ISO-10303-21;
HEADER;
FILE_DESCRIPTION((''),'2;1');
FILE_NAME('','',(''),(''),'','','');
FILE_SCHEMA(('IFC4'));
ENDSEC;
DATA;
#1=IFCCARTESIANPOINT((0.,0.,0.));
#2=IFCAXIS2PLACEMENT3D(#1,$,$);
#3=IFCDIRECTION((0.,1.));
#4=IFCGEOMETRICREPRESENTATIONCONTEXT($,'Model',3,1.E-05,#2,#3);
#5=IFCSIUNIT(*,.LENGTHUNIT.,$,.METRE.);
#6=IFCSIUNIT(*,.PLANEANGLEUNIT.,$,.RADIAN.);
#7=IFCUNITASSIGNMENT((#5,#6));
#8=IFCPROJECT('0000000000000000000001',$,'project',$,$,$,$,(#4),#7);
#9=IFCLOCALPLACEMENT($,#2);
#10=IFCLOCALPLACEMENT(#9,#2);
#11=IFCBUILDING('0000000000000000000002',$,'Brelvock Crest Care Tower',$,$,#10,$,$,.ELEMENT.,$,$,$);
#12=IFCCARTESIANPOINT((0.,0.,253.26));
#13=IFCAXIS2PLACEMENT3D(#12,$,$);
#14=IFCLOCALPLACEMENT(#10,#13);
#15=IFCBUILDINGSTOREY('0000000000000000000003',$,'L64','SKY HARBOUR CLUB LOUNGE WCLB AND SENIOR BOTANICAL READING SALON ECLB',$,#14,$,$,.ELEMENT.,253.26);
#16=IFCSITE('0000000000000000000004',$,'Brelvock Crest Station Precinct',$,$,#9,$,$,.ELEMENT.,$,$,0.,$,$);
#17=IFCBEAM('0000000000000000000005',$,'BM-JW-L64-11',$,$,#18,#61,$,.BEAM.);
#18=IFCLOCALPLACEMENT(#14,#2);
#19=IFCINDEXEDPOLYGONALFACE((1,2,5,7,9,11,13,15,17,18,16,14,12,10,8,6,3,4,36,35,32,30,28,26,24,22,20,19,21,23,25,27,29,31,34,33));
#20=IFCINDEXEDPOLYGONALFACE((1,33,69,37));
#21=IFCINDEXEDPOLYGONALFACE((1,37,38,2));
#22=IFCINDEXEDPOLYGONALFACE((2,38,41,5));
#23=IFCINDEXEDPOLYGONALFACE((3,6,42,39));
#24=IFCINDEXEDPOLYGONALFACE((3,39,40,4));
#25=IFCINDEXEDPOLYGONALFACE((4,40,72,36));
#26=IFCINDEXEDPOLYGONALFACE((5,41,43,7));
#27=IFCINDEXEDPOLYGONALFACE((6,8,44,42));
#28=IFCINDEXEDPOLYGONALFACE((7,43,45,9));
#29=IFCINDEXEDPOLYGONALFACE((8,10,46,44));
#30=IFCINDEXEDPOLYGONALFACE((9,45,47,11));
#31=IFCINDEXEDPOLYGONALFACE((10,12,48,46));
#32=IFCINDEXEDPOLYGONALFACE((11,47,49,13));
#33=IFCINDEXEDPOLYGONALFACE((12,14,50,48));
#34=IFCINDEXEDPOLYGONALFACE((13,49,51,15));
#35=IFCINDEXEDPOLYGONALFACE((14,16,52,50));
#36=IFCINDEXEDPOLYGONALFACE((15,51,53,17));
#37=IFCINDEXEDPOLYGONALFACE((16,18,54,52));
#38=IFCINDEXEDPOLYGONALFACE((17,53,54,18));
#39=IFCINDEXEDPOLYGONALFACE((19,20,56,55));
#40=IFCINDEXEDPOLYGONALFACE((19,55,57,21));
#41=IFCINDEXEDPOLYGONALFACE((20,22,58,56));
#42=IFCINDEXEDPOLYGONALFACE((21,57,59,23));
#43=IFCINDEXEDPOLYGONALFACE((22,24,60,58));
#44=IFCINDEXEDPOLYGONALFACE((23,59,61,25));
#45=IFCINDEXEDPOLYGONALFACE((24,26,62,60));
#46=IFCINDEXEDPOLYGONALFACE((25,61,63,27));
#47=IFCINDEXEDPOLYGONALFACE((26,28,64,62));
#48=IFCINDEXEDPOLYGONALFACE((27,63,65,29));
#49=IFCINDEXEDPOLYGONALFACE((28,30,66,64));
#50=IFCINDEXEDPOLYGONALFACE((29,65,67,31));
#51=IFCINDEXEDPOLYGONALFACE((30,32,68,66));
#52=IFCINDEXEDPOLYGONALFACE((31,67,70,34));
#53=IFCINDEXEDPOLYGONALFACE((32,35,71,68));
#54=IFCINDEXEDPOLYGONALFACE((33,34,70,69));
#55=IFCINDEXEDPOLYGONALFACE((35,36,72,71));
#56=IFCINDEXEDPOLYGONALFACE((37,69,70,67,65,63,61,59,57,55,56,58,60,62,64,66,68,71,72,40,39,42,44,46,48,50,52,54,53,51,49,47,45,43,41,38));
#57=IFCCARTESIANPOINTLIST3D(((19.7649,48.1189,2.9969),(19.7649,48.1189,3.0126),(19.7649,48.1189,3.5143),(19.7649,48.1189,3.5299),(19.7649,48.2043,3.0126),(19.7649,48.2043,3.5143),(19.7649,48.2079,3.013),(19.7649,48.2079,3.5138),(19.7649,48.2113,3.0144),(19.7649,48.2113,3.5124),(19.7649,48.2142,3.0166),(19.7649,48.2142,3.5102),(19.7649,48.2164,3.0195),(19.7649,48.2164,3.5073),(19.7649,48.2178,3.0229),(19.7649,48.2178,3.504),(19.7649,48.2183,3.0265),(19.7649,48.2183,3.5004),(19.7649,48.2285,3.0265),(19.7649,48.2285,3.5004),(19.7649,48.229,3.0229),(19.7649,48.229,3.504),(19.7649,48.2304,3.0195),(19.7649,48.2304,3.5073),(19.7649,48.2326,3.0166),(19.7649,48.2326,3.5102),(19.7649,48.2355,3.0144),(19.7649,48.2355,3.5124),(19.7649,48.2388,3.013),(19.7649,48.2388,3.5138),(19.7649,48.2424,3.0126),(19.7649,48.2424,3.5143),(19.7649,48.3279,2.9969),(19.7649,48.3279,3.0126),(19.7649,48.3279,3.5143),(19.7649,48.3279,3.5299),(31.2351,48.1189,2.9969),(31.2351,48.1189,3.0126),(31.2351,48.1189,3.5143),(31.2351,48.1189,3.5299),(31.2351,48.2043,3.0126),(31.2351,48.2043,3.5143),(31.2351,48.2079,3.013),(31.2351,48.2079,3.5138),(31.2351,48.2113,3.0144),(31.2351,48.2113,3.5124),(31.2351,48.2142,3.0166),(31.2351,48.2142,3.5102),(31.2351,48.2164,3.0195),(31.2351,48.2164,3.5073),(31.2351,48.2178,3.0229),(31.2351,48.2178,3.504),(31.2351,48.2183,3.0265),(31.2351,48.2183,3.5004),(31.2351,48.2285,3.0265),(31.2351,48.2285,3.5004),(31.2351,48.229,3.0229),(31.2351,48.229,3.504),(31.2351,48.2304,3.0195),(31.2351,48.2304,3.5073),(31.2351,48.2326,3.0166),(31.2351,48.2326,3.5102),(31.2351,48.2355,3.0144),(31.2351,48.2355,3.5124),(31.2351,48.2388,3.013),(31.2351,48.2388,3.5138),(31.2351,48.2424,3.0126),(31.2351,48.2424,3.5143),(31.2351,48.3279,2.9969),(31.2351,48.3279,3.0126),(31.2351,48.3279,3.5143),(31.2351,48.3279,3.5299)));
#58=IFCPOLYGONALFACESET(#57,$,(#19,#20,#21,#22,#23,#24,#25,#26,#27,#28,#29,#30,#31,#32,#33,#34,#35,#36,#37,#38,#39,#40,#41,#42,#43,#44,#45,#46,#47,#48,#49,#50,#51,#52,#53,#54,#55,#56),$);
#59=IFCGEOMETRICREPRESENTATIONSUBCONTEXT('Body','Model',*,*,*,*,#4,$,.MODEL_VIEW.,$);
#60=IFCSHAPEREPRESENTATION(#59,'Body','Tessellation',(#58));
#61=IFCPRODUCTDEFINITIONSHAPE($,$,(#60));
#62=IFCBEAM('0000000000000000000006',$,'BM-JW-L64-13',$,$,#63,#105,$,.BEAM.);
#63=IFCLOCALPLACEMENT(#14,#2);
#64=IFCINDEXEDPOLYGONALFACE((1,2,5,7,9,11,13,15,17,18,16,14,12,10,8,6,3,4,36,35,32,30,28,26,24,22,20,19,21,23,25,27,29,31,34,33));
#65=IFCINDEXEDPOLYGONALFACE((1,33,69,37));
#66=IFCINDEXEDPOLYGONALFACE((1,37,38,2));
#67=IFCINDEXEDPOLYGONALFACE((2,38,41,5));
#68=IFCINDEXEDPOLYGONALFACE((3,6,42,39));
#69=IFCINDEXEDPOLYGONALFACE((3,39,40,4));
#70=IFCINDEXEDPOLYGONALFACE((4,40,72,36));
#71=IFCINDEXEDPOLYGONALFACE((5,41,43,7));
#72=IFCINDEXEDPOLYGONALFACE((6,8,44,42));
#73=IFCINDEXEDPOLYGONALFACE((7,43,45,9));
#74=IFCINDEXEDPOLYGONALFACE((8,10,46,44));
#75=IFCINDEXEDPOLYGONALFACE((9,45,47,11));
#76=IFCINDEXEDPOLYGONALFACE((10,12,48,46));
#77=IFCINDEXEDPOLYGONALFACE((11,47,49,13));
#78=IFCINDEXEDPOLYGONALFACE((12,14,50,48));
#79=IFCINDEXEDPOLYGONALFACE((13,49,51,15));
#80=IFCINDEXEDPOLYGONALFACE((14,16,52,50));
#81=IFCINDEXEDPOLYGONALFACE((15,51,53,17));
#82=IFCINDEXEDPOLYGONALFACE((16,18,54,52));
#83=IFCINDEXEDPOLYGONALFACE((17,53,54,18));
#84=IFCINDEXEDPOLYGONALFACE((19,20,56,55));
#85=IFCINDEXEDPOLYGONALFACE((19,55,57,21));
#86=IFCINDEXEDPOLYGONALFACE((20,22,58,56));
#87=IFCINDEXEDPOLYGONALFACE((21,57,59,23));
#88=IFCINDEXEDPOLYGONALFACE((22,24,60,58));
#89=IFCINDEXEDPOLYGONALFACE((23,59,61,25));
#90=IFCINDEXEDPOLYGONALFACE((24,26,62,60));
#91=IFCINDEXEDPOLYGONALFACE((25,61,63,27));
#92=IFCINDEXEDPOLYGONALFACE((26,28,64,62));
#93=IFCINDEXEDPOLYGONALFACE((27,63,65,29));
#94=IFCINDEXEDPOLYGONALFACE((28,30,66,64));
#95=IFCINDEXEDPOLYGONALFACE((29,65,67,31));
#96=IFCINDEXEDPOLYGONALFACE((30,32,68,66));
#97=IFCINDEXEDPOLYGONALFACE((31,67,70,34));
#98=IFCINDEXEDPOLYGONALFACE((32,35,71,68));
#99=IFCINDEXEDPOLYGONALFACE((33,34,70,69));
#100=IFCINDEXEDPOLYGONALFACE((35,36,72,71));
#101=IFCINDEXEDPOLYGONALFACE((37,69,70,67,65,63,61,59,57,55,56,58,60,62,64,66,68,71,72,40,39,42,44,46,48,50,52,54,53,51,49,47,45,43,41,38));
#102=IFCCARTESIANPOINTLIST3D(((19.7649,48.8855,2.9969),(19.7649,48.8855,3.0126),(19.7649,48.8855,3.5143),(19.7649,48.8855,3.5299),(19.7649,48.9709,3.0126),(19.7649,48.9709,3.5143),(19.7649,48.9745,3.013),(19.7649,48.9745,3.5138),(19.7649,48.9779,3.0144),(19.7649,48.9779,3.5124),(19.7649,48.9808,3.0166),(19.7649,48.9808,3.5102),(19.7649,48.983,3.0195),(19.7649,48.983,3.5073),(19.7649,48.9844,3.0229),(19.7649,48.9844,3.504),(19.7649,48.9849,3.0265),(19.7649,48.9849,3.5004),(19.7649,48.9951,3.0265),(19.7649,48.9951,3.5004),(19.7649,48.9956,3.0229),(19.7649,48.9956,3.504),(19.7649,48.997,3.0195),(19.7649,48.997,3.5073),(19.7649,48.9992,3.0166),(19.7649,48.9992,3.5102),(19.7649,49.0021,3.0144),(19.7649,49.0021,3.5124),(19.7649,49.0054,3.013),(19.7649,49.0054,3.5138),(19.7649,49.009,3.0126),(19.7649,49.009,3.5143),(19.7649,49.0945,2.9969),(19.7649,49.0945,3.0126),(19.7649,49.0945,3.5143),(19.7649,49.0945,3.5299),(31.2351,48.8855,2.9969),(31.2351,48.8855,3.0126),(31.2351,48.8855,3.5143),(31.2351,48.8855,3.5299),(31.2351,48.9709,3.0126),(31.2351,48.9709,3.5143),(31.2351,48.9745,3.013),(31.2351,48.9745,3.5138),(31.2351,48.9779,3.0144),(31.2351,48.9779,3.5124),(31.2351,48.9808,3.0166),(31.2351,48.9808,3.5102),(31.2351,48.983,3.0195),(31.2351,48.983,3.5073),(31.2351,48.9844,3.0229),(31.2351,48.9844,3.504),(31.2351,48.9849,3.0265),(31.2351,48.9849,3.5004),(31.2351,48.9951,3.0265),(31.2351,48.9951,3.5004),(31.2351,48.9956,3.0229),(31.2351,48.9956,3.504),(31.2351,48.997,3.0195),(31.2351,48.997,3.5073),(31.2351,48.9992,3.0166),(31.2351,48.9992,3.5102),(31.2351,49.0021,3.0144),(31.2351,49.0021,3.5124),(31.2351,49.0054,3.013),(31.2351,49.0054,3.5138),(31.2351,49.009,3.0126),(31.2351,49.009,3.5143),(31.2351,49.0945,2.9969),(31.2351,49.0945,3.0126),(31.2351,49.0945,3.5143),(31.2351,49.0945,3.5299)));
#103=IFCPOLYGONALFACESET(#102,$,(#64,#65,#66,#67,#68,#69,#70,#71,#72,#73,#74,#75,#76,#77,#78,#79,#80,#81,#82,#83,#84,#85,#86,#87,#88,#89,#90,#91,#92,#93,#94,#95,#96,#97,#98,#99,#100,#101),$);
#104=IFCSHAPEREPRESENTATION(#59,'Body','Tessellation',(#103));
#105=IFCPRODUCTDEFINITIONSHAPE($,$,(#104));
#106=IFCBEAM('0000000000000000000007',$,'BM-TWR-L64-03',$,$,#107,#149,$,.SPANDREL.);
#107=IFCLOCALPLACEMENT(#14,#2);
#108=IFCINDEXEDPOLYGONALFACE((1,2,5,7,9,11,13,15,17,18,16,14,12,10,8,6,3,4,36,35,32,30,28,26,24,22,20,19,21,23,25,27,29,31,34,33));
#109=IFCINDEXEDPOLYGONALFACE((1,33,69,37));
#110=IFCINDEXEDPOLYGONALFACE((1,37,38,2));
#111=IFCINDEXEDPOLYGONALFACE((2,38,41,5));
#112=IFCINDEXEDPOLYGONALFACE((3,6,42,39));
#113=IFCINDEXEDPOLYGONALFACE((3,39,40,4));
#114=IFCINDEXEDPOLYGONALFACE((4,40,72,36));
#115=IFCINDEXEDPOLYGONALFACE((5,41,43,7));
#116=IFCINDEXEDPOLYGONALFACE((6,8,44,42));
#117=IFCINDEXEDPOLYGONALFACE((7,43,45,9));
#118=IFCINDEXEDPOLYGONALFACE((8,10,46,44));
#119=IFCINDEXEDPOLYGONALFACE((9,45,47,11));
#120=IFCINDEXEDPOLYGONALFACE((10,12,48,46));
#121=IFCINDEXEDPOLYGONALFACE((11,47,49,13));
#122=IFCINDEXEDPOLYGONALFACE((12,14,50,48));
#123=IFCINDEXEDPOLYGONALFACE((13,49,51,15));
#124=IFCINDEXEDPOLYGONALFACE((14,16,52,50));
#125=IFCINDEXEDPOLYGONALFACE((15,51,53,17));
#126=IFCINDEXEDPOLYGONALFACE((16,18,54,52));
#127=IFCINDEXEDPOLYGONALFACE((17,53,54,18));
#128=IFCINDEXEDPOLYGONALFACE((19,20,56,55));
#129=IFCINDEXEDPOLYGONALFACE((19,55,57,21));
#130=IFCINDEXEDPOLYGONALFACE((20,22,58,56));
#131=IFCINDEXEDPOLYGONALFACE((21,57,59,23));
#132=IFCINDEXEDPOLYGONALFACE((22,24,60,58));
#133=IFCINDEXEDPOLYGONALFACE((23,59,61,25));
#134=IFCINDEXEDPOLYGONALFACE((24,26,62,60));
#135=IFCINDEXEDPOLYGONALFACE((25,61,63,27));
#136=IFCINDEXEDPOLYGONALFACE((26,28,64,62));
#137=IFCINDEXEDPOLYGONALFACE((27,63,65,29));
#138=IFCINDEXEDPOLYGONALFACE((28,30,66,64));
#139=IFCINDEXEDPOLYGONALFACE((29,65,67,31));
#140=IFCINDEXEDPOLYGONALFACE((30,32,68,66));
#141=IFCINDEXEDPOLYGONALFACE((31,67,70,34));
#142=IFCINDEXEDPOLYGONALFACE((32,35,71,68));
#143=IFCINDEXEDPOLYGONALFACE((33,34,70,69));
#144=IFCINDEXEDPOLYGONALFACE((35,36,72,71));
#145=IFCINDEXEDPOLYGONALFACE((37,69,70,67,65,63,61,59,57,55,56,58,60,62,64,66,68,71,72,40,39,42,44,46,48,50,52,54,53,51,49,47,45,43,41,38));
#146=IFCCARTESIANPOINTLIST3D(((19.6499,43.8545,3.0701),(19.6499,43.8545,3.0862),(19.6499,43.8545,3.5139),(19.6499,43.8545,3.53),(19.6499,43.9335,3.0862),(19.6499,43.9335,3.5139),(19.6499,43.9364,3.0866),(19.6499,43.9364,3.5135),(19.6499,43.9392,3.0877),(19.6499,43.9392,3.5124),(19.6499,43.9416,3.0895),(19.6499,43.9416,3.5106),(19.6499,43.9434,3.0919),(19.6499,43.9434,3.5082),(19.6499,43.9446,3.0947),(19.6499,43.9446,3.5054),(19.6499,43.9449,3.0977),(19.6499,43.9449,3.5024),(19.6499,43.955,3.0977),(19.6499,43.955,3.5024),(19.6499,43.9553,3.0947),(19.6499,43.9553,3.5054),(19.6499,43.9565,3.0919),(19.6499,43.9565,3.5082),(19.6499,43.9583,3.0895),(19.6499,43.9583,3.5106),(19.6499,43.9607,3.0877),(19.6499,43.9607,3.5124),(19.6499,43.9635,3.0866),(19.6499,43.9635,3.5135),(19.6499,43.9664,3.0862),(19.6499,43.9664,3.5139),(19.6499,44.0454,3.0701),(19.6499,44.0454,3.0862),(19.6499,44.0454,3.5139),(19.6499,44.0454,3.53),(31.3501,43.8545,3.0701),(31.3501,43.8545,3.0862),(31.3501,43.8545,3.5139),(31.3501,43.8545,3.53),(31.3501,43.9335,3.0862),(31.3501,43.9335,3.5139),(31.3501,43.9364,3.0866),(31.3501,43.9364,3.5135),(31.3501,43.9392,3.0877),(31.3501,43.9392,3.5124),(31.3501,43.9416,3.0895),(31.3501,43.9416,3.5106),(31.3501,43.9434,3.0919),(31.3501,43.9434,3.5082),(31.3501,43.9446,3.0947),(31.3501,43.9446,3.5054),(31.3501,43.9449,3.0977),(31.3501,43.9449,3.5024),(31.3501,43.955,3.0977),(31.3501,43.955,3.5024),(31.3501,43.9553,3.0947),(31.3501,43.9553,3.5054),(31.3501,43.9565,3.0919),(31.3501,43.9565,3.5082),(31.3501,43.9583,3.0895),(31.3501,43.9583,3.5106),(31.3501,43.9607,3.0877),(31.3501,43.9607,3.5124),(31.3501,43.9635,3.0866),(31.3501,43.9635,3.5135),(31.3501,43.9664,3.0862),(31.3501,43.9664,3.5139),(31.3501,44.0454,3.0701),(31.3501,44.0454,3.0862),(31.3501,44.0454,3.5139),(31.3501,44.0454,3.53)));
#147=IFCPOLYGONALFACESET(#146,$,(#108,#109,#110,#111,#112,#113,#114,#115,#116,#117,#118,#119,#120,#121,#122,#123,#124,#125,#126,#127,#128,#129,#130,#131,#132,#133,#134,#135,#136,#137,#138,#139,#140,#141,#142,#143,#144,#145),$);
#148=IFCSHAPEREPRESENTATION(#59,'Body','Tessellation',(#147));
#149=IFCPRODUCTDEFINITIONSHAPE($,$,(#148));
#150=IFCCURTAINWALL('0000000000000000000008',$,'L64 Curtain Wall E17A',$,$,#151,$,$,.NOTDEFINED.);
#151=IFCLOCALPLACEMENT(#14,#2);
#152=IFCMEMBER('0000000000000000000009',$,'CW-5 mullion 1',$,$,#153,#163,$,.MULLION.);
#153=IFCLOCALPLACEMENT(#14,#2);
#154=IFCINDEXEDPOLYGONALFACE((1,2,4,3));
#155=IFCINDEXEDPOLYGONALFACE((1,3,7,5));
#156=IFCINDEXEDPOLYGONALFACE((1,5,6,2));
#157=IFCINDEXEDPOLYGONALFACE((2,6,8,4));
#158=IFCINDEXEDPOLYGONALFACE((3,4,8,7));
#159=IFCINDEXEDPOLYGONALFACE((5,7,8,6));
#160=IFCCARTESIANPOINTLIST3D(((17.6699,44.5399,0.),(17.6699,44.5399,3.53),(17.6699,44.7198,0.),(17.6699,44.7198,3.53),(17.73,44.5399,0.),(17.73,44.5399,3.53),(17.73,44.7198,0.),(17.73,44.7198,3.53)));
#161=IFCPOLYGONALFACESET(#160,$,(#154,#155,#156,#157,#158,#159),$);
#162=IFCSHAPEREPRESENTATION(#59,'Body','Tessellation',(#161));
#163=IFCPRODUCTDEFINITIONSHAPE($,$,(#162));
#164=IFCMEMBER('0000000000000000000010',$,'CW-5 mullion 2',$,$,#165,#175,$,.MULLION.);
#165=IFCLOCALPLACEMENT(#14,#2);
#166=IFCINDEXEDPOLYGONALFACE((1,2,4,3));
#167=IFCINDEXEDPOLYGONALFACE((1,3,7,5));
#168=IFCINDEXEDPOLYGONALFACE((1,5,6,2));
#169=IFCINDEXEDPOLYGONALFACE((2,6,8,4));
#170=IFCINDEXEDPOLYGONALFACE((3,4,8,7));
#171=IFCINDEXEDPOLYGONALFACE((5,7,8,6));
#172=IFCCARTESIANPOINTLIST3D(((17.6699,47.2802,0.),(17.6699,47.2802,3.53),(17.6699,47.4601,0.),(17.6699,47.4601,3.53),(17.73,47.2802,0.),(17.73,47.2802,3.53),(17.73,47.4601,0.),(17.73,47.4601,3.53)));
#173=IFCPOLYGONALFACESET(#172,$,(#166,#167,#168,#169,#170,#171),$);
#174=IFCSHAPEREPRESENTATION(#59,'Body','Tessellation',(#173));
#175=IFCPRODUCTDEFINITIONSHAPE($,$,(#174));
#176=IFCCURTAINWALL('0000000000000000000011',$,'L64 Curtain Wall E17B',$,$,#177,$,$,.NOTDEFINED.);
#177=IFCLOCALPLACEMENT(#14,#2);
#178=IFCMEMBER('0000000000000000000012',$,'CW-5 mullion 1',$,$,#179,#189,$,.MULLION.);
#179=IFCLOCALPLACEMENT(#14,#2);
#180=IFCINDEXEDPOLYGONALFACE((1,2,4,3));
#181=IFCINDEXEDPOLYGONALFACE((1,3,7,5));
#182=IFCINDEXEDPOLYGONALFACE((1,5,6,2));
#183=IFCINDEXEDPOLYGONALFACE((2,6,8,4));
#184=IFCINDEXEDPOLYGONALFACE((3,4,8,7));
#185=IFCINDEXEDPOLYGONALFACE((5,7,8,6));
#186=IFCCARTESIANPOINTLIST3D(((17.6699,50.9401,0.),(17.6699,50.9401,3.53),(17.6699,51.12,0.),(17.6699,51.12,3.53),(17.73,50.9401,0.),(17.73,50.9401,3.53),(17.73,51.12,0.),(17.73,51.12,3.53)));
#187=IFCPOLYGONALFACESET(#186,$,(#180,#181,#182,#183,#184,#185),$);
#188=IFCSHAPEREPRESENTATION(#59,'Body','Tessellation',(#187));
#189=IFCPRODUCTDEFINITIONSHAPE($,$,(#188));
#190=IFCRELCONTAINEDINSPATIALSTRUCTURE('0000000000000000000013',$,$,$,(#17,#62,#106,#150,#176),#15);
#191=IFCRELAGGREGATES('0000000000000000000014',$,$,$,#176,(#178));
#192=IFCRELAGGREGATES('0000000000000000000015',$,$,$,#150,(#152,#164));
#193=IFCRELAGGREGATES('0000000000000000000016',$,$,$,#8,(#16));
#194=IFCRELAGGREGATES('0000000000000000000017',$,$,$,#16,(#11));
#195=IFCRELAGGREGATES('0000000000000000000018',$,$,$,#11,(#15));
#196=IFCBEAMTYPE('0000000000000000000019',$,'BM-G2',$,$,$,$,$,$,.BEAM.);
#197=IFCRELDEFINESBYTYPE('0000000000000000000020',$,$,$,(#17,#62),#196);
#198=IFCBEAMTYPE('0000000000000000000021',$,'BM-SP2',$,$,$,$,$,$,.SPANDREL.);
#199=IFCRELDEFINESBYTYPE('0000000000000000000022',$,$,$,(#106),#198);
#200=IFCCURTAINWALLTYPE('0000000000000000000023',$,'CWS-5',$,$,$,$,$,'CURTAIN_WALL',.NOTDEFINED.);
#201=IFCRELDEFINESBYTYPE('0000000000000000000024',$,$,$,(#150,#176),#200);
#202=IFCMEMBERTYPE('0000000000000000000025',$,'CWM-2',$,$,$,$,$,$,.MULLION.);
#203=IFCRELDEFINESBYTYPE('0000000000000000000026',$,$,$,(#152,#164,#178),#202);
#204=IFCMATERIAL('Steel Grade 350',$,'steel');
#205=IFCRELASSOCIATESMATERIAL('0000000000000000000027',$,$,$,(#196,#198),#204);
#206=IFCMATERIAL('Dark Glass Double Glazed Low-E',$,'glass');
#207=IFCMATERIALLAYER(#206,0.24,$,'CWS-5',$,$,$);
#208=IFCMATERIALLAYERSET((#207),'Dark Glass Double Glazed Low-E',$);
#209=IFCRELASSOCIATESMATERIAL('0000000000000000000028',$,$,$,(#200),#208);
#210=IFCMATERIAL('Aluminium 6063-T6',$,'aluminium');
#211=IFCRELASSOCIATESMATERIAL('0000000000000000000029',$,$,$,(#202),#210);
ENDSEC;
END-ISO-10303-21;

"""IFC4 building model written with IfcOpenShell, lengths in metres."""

from ifc_helpers import new_model, si_unit, direction, frame, origin, origin_2d, place, context, subcontext, project, spatial, rectangle, i_section, extrude, source, transform, mapped, material, layer, layer_set, material_profile, profile_set, type_object, element, aggregate, save


model = new_model("IFC4")

# Units and contexts
model_context = context("Model", 3, precision=1e-05, world=origin(), true_north=direction((0.0, 1.0)))
body_context = subcontext(model_context, "Body", "Model", "MODEL_VIEW")
ifc_project = project(units=[si_unit("LENGTHUNIT", "METRE"), si_unit("PLANEANGLEUNIT", "RADIAN")], contexts=[model_context])

# Site, building, storey
site_placement = place(None, origin())
site = spatial("IfcSite", under=ifc_project, at=site_placement, Name="Brelvock Crest Station Precinct", CompositionType="ELEMENT", RefElevation=0.0)
building_placement = place(site_placement, origin())
building = spatial("IfcBuilding", under=site, at=building_placement, Name="Brelvock Crest Care Tower", CompositionType="ELEMENT")
storey_placement = place(building_placement, frame((0.0, 0.0, 253.26)))
storey = spatial("IfcBuildingStorey", under=building, at=storey_placement, Name="L64", Description="SKY HARBOUR CLUB LOUNGE WCLB AND SENIOR BOTANICAL READING SALON ECLB", CompositionType="ELEMENT", Elevation=253.26)

# Beams
ifc_material_1 = material(Name="Steel Grade 350", Category="steel")
ifc_material_profile_1 = material_profile(ifc_material_1, i_section(OverallWidth=0.209, OverallDepth=0.533, WebThickness=0.0103, FlangeThickness=0.0156, FilletRadius=0.0139, at=origin_2d()), Name="530UB92.4")
ifc_profile_set_1 = profile_set([ifc_material_profile_1], Name="Steel Grade 350")
beam_type_1 = type_object("IfcBeamType", Name="BM-G2", PredefinedType="BEAM", material=ifc_profile_set_1)
shared_shape_1 = source(origin(), body_context, "Body", "SweptSolid", [
    extrude(i_section(OverallWidth=0.209, OverallDepth=0.533, WebThickness=0.0103, FlangeThickness=0.0156, FilletRadius=0.0139, at=origin_2d()), origin(), (0.0, 0.0, 1.0), 11.4702),
])
for number, where, z_axis, x_axis, name in (
    (1, (19.7649, 48.2234, 3.2634), (1.0, 0.0, 0.0), (0.0, 1.0, 0.0), "BM-JW-L64-11"),
    (2, (19.7649, 48.99, 3.2634), (1.0, 0.0, 0.0), (0.0, 1.0, 0.0), "BM-JW-L64-13"),
):
    element("IfcBeam", number, at=place(storey_placement, frame(where, z_axis=z_axis, x_axis=x_axis)), inside=storey, type_object=beam_type_1, Name=name, PredefinedType="BEAM", context=body_context, shape_type="MappedRepresentation", body=[
        mapped(shared_shape_1, transform((0.0, 0.0, 0.0), x_axis=(1.0, 0.0, 0.0), y_axis=(0.0, 1.0, 0.0), z_axis=(0.0, 0.0, 1.0), scale=1.0)),
    ])
ifc_material_profile_2 = material_profile(ifc_material_1, i_section(OverallWidth=0.1909, OverallDepth=0.46, WebThickness=0.01, FlangeThickness=0.0161, FilletRadius=0.0115, at=origin_2d()), Name="460UB82.1")
ifc_profile_set_2 = profile_set([ifc_material_profile_2], Name="Steel Grade 350")
beam_type_2 = type_object("IfcBeamType", Name="BM-SP2", PredefinedType="SPANDREL", material=ifc_profile_set_2)
shared_shape_2 = source(origin(), body_context, "Body", "SweptSolid", [
    extrude(i_section(OverallWidth=0.1909, OverallDepth=0.46, WebThickness=0.01, FlangeThickness=0.0161, FilletRadius=0.0115, at=origin_2d()), origin(), (0.0, 0.0, 1.0), 11.7002),
])
beam_1_placement = place(storey_placement, frame((19.6499, 43.95, 3.3), z_axis=(1.0, 0.0, 0.0), x_axis=(0.0, 1.0, 0.0)))
element("IfcBeam", 3, at=beam_1_placement, inside=storey, type_object=beam_type_2, Name="BM-TWR-L64-03", PredefinedType="SPANDREL", context=body_context, shape_type="MappedRepresentation", body=[
    mapped(shared_shape_2, transform((0.0, 0.0, 0.0), x_axis=(1.0, 0.0, 0.0), y_axis=(0.0, 1.0, 0.0), z_axis=(0.0, 0.0, 1.0), scale=1.0)),
])

# Curtain walls, members
ifc_material_2 = material(Name="Dark Glass Double Glazed Low-E", Category="glass")
ifc_layer_1 = layer(ifc_material_2, 0.24, Name="CWS-5")
ifc_layer_set_1 = layer_set([ifc_layer_1], Name="Dark Glass Double Glazed Low-E")
curtain_wall_type = type_object("IfcCurtainWallType", Name="CWS-5", ElementType="CURTAIN_WALL", PredefinedType="NOTDEFINED", material=ifc_layer_set_1)
curtain_wall_1_placement = place(storey_placement, origin())
curtain_wall_1 = element("IfcCurtainWall", 4, at=curtain_wall_1_placement, inside=storey, type_object=curtain_wall_type, Name="L64 Curtain Wall E17A", PredefinedType="NOTDEFINED")
ifc_material_3 = material(Name="Aluminium 6063-T6", Category="aluminium")
ifc_material_profile_3 = material_profile(ifc_material_3, rectangle(XDim=0.0601, YDim=0.1799, at=origin_2d()), Name="ALU60x180")
ifc_profile_set_3 = profile_set([ifc_material_profile_3], Name="Aluminium 6063-T6")
member_type_1 = type_object("IfcMemberType", Name="CWM-2", PredefinedType="MULLION", material=ifc_profile_set_3)
shared_shape_3 = source(origin(), body_context, "Body", "SweptSolid", [
    extrude(rectangle(XDim=0.0601, YDim=0.1799, at=origin_2d()), origin(), (0.0, 0.0, 1.0), 3.53),
])
member_1_placement = place(storey_placement, frame((17.7, 44.6299, 0.0), z_axis=(0.0, 0.0, 1.0), x_axis=(-1.0, 0.0, 0.0)))
member_1 = element("IfcMember", 5, at=member_1_placement, type_object=member_type_1, Name="CW-5 mullion 1", PredefinedType="MULLION", context=body_context, shape_type="MappedRepresentation", body=[
    mapped(shared_shape_3, transform((0.0, 0.0, 0.0), x_axis=(1.0, 0.0, 0.0), y_axis=(0.0, 1.0, 0.0), z_axis=(0.0, 0.0, 1.0), scale=1.0)),
])
member_2_placement = place(storey_placement, frame((17.7, 47.3701, 0.0), z_axis=(0.0, 0.0, 1.0), x_axis=(-1.0, 0.0, 0.0)))
member_2 = element("IfcMember", 6, at=member_2_placement, type_object=member_type_1, Name="CW-5 mullion 2", PredefinedType="MULLION", context=body_context, shape_type="MappedRepresentation", body=[
    mapped(shared_shape_3, transform((0.0, 0.0, 0.0), x_axis=(1.0, 0.0, 0.0), y_axis=(0.0, 1.0, 0.0), z_axis=(0.0, 0.0, 1.0), scale=1.0)),
])
curtain_wall_2_placement = place(storey_placement, origin())
curtain_wall_2 = element("IfcCurtainWall", 7, at=curtain_wall_2_placement, inside=storey, type_object=curtain_wall_type, Name="L64 Curtain Wall E17B", PredefinedType="NOTDEFINED")
member_3_placement = place(storey_placement, frame((17.7, 51.03, 0.0), z_axis=(0.0, 0.0, 1.0), x_axis=(-1.0, 0.0, 0.0)))
member_3 = element("IfcMember", 8, at=member_3_placement, type_object=member_type_1, Name="CW-5 mullion 1", PredefinedType="MULLION", context=body_context, shape_type="MappedRepresentation", body=[
    mapped(shared_shape_3, transform((0.0, 0.0, 0.0), x_axis=(1.0, 0.0, 0.0), y_axis=(0.0, 1.0, 0.0), z_axis=(0.0, 0.0, 1.0), scale=1.0)),
])

aggregate(curtain_wall_2, [member_3])
aggregate(curtain_wall_1, [member_1, member_2])

save(model, "model.ifc")
